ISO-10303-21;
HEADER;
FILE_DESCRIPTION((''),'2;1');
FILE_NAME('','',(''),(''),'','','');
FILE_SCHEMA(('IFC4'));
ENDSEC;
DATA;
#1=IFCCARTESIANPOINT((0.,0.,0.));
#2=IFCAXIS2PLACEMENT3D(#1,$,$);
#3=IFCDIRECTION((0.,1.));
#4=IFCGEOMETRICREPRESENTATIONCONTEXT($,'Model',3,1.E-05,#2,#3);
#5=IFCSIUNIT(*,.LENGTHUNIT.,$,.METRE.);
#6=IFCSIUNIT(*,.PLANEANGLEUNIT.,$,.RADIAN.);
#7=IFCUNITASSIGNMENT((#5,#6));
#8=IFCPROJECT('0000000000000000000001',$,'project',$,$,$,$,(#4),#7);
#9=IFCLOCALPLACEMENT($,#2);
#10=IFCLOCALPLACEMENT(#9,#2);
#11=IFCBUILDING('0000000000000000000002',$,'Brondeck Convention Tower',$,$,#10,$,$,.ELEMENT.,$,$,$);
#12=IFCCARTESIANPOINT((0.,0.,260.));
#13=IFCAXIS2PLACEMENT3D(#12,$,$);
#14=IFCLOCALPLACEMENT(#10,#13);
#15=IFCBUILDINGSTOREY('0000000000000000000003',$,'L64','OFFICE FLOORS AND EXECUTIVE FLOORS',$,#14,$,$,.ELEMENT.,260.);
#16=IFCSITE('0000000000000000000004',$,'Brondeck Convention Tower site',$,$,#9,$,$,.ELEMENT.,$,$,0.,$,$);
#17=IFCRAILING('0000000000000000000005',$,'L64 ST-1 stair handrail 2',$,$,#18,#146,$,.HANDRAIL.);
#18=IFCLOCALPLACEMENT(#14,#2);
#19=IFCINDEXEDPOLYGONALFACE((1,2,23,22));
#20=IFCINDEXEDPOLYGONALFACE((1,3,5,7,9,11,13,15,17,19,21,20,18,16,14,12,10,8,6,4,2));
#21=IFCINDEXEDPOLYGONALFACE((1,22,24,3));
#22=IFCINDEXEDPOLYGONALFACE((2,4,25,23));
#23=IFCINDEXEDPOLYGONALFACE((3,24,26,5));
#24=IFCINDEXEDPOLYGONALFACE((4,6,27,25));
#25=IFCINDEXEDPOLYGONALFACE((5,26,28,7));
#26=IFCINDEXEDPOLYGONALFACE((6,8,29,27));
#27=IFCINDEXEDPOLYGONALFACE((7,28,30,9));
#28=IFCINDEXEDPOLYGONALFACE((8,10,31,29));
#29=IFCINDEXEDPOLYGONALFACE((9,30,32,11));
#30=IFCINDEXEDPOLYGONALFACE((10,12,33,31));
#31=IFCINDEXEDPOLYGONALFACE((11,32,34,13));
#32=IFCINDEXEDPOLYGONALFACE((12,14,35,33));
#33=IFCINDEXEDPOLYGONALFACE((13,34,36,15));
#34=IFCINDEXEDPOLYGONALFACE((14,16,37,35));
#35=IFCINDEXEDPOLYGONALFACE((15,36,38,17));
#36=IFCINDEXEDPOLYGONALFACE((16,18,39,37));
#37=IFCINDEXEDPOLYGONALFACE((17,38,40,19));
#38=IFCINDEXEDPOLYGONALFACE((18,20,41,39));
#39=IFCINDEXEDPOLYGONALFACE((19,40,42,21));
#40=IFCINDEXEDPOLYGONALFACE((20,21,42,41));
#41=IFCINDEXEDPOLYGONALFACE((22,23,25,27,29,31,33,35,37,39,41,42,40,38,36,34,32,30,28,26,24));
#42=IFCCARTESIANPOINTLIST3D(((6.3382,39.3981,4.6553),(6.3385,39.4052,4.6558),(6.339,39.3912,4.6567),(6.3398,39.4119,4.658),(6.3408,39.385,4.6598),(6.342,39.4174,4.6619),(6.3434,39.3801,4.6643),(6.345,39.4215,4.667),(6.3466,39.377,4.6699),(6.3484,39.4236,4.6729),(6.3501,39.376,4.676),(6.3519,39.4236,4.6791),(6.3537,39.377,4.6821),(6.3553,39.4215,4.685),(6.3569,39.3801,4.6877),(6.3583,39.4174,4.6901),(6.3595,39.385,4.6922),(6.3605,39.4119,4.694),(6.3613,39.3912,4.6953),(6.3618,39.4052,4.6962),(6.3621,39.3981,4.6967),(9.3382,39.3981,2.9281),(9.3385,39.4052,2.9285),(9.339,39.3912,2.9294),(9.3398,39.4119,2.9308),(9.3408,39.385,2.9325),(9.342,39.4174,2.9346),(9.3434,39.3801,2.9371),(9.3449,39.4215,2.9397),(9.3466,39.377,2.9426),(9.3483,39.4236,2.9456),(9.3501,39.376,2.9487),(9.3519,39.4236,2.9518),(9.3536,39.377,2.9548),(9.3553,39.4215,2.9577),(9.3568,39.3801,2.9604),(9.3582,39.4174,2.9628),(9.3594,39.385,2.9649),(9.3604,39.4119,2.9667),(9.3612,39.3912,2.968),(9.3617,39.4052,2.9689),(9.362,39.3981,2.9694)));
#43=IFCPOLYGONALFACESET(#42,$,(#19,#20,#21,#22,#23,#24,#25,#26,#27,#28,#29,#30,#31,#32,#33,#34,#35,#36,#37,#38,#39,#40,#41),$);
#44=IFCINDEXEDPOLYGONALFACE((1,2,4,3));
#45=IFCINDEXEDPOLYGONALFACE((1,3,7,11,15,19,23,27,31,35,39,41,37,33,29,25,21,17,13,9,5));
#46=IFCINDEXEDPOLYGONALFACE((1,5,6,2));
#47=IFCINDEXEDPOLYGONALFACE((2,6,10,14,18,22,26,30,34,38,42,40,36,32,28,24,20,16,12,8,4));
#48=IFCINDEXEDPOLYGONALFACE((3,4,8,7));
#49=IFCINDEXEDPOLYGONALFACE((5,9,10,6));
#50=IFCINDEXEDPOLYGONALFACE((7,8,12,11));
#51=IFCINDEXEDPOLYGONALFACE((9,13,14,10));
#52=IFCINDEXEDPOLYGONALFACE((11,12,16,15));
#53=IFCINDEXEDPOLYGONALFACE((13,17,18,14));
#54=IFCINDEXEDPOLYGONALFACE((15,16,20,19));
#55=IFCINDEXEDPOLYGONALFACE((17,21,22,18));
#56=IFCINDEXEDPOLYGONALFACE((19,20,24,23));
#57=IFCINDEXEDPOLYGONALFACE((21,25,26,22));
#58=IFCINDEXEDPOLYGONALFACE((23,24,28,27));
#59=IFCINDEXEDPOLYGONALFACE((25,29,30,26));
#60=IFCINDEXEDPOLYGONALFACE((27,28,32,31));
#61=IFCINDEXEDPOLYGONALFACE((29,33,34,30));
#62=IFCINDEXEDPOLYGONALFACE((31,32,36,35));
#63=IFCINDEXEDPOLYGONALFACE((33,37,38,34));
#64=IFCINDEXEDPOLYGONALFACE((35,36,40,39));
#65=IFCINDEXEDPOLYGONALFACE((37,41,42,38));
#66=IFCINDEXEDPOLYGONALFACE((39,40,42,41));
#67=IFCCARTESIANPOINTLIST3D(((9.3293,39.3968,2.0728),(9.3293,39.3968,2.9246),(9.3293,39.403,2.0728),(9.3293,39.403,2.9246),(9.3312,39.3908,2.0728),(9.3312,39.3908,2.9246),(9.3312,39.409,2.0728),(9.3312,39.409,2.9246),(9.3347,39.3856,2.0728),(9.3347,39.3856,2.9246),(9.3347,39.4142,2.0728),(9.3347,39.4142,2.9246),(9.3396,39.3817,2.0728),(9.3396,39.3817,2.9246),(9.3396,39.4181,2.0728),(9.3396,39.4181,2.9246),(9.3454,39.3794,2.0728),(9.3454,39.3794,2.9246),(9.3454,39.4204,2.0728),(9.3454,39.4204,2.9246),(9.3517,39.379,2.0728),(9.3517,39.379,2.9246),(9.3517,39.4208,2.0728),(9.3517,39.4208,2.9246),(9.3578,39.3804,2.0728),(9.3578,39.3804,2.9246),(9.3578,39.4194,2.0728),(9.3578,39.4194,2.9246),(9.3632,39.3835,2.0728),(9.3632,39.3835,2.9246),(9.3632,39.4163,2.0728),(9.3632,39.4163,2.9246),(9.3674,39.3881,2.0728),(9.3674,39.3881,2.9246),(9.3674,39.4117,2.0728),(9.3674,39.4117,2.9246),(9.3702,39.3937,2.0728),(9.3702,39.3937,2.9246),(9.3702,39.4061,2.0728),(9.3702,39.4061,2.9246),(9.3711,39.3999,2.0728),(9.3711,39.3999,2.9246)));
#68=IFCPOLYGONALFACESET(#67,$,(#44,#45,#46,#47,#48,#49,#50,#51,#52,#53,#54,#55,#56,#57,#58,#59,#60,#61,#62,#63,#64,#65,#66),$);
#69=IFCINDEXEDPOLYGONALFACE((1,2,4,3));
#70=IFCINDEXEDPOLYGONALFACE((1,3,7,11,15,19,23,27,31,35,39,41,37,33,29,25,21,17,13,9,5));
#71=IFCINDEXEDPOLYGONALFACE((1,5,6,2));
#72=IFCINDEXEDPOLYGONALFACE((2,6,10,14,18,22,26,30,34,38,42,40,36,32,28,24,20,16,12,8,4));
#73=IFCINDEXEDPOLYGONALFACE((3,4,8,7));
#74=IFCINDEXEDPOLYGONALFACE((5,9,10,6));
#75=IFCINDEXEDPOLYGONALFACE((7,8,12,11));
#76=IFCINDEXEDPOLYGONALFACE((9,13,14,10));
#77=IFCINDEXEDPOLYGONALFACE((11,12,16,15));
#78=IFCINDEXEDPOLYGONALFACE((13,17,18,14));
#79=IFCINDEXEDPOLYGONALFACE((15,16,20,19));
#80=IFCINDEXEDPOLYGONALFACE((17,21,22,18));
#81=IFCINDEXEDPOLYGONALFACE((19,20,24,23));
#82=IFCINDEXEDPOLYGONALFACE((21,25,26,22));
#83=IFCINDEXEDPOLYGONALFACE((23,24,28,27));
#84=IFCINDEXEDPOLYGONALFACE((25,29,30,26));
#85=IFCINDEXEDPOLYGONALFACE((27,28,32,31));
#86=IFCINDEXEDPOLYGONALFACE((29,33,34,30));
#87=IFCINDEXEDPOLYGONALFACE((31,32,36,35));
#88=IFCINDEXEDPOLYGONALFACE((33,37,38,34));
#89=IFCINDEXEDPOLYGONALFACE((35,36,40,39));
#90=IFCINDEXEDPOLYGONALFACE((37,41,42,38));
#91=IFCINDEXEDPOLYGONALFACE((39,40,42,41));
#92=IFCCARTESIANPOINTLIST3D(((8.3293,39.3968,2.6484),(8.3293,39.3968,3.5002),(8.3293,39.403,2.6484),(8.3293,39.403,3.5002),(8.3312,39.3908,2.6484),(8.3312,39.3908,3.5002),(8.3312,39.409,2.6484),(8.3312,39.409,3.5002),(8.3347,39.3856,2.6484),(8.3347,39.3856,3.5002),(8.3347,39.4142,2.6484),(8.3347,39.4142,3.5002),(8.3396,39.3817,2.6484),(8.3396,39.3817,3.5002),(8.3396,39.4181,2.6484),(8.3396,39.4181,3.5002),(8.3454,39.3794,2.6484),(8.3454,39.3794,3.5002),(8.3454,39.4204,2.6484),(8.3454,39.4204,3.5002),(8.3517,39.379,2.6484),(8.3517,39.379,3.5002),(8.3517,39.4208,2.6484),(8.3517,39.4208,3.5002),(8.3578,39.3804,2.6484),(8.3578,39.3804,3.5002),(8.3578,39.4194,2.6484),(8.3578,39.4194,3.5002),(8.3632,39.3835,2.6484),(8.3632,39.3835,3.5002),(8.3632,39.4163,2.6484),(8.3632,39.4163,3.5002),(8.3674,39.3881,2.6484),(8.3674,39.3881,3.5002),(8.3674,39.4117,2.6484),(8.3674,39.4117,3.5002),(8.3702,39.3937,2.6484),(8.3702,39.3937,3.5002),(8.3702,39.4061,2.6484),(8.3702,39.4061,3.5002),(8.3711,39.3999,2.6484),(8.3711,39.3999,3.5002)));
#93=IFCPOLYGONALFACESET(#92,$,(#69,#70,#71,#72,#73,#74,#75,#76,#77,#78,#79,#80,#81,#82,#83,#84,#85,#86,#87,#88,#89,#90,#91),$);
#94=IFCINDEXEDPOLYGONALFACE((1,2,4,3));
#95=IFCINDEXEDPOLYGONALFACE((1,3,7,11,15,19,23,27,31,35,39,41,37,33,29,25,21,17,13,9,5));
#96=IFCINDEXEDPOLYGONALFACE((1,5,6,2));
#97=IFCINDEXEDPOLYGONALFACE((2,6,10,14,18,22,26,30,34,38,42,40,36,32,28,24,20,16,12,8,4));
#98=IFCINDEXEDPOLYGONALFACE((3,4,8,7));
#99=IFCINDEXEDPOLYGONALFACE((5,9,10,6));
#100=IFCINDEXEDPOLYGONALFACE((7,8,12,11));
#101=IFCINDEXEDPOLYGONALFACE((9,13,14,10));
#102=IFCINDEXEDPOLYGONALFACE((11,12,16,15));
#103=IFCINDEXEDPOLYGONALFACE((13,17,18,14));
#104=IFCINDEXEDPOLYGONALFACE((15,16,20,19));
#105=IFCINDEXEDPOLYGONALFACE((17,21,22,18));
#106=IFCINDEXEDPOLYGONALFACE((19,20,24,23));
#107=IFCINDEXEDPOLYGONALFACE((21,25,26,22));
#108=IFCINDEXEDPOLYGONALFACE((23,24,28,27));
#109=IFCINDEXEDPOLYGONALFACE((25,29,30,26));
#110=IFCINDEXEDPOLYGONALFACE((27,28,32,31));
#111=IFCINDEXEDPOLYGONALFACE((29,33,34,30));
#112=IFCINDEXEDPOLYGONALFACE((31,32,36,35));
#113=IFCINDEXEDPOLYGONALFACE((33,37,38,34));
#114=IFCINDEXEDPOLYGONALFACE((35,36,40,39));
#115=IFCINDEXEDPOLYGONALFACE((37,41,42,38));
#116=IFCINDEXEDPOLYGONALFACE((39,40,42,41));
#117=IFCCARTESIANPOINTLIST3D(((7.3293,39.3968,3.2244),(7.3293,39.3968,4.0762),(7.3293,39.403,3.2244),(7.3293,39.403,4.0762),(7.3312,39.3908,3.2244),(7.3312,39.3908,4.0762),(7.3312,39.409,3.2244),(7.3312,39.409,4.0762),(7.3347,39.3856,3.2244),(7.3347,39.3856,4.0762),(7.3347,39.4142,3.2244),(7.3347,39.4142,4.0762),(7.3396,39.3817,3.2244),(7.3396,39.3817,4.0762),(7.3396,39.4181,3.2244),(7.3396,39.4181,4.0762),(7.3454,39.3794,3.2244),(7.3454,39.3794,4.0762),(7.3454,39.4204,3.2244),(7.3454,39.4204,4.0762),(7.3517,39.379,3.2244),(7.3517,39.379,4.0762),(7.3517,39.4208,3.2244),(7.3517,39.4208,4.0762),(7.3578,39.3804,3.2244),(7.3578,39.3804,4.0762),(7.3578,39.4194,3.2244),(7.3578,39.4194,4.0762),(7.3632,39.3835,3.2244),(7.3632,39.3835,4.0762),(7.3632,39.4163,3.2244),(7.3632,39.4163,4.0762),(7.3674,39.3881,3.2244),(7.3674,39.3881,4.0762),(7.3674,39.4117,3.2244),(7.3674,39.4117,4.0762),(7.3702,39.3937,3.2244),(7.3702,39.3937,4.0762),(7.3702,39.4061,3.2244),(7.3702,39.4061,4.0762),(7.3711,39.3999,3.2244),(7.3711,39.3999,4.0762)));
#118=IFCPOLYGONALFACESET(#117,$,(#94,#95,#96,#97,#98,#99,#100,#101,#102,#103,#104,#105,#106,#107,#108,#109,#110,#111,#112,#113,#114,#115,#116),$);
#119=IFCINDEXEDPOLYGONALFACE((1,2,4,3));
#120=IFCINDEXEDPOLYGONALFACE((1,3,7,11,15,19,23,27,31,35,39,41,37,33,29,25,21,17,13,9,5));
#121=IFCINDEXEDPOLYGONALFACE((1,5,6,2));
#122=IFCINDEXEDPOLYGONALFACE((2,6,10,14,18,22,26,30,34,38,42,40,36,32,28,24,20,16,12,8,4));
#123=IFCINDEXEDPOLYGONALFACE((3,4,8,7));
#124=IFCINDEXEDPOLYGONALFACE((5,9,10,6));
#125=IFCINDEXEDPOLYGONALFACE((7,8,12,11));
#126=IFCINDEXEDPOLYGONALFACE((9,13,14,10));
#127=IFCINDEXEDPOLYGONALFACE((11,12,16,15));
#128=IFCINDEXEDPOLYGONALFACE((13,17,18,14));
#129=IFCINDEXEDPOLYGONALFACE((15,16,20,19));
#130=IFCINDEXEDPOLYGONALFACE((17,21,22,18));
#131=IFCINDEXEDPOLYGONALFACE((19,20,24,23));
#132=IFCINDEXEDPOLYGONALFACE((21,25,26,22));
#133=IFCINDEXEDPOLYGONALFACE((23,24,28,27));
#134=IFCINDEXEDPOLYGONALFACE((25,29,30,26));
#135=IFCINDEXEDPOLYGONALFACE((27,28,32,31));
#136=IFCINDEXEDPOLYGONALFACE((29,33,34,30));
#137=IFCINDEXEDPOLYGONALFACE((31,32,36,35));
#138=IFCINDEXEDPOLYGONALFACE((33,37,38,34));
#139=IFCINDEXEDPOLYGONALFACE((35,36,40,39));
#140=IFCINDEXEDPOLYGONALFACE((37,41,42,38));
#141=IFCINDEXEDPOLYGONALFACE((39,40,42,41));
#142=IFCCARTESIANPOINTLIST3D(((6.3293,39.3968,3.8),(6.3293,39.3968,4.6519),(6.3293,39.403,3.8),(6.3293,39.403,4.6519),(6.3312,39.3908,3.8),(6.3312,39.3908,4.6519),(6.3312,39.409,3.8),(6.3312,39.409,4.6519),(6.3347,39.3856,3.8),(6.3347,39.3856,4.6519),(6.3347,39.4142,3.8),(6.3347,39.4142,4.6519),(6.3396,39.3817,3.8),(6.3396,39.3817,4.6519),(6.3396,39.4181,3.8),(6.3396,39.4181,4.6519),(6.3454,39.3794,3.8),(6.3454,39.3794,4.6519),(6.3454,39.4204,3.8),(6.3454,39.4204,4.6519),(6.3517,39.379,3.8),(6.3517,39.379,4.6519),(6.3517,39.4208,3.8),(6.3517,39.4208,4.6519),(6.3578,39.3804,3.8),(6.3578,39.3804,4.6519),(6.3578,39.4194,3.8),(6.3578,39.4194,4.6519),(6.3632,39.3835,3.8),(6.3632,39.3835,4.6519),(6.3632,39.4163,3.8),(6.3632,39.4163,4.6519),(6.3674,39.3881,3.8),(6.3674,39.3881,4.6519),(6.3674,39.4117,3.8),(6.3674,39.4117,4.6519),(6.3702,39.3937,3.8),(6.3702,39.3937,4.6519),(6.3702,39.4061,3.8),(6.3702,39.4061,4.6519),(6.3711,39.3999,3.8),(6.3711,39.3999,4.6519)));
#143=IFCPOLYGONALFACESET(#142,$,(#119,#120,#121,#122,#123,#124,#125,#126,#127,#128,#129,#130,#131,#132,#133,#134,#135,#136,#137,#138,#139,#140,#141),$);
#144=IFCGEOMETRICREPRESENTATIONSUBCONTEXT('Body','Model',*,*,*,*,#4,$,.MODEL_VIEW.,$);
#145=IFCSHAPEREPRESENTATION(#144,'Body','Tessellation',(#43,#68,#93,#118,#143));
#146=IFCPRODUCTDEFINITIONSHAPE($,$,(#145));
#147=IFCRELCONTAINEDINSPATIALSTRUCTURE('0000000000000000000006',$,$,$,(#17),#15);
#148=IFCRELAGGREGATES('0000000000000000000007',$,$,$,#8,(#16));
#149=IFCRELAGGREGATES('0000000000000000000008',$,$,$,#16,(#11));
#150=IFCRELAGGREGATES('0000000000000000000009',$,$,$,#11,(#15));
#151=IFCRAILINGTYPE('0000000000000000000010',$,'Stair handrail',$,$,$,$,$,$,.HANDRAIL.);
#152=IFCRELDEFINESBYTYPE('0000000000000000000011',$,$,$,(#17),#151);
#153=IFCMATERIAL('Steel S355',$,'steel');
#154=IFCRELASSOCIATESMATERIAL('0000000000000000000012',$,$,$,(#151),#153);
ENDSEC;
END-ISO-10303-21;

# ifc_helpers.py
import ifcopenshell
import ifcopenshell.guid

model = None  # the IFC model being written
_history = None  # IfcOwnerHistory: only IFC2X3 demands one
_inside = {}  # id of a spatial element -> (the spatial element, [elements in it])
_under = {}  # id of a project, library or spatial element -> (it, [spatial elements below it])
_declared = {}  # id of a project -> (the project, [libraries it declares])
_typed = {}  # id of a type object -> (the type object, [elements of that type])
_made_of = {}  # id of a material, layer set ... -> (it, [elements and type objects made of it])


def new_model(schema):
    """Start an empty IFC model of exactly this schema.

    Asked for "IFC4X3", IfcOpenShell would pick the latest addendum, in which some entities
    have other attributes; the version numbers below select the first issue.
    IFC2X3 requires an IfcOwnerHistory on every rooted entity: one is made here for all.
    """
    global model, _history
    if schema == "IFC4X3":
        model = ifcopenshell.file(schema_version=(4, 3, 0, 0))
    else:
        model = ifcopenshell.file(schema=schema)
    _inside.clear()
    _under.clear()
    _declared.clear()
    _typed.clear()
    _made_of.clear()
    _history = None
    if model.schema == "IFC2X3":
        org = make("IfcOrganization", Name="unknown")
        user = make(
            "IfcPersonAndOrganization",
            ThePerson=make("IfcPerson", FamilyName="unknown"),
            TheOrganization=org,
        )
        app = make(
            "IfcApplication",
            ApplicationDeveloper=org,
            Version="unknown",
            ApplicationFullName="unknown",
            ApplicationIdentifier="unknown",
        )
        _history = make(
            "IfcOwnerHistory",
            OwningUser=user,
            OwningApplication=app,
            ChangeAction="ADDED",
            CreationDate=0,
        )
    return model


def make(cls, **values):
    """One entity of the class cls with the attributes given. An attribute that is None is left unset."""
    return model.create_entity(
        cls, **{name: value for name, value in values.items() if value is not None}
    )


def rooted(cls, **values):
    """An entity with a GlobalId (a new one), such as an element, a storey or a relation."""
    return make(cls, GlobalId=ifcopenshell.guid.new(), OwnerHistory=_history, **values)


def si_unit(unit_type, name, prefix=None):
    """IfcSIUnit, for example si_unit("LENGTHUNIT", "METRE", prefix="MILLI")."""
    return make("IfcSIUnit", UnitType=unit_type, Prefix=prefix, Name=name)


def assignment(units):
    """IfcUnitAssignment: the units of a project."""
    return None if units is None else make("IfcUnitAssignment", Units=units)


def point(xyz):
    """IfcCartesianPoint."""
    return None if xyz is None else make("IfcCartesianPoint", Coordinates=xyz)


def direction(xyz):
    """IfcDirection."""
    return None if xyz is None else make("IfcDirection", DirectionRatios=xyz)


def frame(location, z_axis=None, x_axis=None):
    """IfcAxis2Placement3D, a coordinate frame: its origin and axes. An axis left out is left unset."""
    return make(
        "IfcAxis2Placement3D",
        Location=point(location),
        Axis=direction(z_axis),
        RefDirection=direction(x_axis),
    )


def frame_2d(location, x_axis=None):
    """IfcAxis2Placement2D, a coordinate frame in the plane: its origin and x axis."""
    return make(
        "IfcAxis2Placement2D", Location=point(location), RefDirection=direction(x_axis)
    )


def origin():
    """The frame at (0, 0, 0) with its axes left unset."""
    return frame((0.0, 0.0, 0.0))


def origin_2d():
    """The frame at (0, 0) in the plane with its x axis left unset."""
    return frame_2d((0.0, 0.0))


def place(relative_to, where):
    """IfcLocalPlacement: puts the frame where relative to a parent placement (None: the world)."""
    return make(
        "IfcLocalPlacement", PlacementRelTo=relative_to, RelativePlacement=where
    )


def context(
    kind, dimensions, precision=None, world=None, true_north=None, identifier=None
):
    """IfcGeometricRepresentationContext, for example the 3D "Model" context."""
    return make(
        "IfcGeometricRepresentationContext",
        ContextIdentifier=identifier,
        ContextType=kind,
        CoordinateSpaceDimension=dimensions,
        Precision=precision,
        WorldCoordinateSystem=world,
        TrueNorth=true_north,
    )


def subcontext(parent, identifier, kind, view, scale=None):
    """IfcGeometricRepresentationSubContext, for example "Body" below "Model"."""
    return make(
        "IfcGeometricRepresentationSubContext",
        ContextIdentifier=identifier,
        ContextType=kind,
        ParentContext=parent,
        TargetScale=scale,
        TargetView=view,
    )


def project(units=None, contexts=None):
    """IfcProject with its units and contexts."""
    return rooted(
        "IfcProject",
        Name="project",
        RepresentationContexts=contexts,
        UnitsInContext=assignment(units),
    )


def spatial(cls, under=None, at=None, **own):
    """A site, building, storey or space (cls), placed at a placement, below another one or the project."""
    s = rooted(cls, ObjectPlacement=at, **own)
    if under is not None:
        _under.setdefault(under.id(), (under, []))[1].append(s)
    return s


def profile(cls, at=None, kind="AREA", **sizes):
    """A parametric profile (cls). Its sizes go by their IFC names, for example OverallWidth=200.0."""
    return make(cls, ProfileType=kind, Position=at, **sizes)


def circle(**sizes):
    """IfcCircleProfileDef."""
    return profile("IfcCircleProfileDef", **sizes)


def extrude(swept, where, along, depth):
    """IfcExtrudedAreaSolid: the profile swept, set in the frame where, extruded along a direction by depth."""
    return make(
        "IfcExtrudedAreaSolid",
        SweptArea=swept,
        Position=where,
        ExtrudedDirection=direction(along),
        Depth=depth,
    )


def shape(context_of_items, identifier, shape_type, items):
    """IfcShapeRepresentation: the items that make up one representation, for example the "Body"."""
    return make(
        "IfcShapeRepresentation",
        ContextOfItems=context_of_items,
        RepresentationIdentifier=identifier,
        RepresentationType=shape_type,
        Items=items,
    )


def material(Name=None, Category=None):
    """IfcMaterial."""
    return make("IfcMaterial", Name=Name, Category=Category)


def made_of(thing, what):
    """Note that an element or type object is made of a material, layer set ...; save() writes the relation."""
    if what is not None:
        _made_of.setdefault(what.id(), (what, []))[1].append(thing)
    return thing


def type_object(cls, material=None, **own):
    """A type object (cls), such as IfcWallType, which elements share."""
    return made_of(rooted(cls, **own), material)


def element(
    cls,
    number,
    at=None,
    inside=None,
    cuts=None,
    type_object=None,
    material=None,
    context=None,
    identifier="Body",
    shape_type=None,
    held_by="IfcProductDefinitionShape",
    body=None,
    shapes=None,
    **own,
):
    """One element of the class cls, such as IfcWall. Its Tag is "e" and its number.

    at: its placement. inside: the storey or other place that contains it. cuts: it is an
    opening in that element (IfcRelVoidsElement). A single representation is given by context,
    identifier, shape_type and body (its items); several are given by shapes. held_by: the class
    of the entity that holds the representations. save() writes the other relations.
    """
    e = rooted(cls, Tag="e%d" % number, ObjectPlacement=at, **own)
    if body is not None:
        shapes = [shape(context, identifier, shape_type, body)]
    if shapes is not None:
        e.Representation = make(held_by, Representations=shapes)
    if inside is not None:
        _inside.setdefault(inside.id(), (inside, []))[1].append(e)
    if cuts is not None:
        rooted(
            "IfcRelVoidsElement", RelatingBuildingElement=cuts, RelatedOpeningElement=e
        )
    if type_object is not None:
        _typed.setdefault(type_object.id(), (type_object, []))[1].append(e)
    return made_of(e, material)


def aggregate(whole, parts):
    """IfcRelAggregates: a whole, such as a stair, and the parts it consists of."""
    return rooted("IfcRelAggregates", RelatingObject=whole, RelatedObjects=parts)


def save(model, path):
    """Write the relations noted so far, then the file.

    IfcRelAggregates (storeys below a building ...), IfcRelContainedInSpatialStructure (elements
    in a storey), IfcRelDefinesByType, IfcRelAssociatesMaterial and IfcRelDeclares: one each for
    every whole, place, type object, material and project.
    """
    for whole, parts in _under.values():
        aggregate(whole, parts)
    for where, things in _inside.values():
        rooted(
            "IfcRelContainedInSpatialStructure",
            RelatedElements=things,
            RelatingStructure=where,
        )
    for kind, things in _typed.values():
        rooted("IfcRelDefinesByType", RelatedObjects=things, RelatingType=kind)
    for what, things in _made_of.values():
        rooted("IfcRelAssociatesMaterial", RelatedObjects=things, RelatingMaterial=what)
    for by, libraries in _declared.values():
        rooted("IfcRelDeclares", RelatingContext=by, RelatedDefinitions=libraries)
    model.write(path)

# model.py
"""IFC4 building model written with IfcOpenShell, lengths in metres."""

from ifc_helpers import new_model, si_unit, direction, frame, origin, origin_2d, place, context, subcontext, project, spatial, circle, extrude, material, type_object, element, save


model = new_model("IFC4")

# Units and contexts
model_context = context("Model", 3, precision=1e-05, world=origin(), true_north=direction((0.0, 1.0)))
body_context = subcontext(model_context, "Body", "Model", "MODEL_VIEW")
ifc_project = project(units=[si_unit("LENGTHUNIT", "METRE"), si_unit("PLANEANGLEUNIT", "RADIAN")], contexts=[model_context])

# Site, building, storey
site_placement = place(None, origin())
site = spatial("IfcSite", under=ifc_project, at=site_placement, Name="Brondeck Convention Tower site", CompositionType="ELEMENT", RefElevation=0.0)
building_placement = place(site_placement, origin())
building = spatial("IfcBuilding", under=site, at=building_placement, Name="Brondeck Convention Tower", CompositionType="ELEMENT")
storey_placement = place(building_placement, frame((0.0, 0.0, 260.0)))
storey = spatial("IfcBuildingStorey", under=building, at=storey_placement, Name="L64", Description="OFFICE FLOORS AND EXECUTIVE FLOORS", CompositionType="ELEMENT", Elevation=260.0)

# Railing
ifc_material_1 = material(Name="Steel S355", Category="steel")
railing_type_1 = type_object("IfcRailingType", Name="Stair handrail", PredefinedType="HANDRAIL", material=ifc_material_1)
railing_1_placement = place(storey_placement, frame((9.3501, 39.3999, 2.0728)))
element("IfcRailing", 1, at=railing_1_placement, inside=storey, type_object=railing_type_1, Name="L64 ST-1 stair handrail 2", PredefinedType="HANDRAIL", context=body_context, shape_type="SweptSolid", body=[
    extrude(circle(Radius=0.0239, at=origin_2d()), frame((0.0, 0.0, 0.876), z_axis=(-0.86662, 0.0, 0.498969), x_axis=(0.0, -1.0, 0.0)), (0.0, 0.0, 1.0), 3.4617),
    extrude(circle(Radius=0.021, at=origin_2d()), origin(), (0.0, 0.0, 1.0), 0.8518),
    extrude(circle(Radius=0.021, at=origin_2d()), frame((-1.0, 0.0, 0.5757)), (0.0, 0.0, 1.0), 0.8518),
    extrude(circle(Radius=0.021, at=origin_2d()), frame((-2.0, 0.0, 1.1516)), (0.0, 0.0, 1.0), 0.8518),
    extrude(circle(Radius=0.021, at=origin_2d()), frame((-3.0, 0.0, 1.7273)), (0.0, 0.0, 1.0), 0.8518),
])

save(model, "model.ifc")
